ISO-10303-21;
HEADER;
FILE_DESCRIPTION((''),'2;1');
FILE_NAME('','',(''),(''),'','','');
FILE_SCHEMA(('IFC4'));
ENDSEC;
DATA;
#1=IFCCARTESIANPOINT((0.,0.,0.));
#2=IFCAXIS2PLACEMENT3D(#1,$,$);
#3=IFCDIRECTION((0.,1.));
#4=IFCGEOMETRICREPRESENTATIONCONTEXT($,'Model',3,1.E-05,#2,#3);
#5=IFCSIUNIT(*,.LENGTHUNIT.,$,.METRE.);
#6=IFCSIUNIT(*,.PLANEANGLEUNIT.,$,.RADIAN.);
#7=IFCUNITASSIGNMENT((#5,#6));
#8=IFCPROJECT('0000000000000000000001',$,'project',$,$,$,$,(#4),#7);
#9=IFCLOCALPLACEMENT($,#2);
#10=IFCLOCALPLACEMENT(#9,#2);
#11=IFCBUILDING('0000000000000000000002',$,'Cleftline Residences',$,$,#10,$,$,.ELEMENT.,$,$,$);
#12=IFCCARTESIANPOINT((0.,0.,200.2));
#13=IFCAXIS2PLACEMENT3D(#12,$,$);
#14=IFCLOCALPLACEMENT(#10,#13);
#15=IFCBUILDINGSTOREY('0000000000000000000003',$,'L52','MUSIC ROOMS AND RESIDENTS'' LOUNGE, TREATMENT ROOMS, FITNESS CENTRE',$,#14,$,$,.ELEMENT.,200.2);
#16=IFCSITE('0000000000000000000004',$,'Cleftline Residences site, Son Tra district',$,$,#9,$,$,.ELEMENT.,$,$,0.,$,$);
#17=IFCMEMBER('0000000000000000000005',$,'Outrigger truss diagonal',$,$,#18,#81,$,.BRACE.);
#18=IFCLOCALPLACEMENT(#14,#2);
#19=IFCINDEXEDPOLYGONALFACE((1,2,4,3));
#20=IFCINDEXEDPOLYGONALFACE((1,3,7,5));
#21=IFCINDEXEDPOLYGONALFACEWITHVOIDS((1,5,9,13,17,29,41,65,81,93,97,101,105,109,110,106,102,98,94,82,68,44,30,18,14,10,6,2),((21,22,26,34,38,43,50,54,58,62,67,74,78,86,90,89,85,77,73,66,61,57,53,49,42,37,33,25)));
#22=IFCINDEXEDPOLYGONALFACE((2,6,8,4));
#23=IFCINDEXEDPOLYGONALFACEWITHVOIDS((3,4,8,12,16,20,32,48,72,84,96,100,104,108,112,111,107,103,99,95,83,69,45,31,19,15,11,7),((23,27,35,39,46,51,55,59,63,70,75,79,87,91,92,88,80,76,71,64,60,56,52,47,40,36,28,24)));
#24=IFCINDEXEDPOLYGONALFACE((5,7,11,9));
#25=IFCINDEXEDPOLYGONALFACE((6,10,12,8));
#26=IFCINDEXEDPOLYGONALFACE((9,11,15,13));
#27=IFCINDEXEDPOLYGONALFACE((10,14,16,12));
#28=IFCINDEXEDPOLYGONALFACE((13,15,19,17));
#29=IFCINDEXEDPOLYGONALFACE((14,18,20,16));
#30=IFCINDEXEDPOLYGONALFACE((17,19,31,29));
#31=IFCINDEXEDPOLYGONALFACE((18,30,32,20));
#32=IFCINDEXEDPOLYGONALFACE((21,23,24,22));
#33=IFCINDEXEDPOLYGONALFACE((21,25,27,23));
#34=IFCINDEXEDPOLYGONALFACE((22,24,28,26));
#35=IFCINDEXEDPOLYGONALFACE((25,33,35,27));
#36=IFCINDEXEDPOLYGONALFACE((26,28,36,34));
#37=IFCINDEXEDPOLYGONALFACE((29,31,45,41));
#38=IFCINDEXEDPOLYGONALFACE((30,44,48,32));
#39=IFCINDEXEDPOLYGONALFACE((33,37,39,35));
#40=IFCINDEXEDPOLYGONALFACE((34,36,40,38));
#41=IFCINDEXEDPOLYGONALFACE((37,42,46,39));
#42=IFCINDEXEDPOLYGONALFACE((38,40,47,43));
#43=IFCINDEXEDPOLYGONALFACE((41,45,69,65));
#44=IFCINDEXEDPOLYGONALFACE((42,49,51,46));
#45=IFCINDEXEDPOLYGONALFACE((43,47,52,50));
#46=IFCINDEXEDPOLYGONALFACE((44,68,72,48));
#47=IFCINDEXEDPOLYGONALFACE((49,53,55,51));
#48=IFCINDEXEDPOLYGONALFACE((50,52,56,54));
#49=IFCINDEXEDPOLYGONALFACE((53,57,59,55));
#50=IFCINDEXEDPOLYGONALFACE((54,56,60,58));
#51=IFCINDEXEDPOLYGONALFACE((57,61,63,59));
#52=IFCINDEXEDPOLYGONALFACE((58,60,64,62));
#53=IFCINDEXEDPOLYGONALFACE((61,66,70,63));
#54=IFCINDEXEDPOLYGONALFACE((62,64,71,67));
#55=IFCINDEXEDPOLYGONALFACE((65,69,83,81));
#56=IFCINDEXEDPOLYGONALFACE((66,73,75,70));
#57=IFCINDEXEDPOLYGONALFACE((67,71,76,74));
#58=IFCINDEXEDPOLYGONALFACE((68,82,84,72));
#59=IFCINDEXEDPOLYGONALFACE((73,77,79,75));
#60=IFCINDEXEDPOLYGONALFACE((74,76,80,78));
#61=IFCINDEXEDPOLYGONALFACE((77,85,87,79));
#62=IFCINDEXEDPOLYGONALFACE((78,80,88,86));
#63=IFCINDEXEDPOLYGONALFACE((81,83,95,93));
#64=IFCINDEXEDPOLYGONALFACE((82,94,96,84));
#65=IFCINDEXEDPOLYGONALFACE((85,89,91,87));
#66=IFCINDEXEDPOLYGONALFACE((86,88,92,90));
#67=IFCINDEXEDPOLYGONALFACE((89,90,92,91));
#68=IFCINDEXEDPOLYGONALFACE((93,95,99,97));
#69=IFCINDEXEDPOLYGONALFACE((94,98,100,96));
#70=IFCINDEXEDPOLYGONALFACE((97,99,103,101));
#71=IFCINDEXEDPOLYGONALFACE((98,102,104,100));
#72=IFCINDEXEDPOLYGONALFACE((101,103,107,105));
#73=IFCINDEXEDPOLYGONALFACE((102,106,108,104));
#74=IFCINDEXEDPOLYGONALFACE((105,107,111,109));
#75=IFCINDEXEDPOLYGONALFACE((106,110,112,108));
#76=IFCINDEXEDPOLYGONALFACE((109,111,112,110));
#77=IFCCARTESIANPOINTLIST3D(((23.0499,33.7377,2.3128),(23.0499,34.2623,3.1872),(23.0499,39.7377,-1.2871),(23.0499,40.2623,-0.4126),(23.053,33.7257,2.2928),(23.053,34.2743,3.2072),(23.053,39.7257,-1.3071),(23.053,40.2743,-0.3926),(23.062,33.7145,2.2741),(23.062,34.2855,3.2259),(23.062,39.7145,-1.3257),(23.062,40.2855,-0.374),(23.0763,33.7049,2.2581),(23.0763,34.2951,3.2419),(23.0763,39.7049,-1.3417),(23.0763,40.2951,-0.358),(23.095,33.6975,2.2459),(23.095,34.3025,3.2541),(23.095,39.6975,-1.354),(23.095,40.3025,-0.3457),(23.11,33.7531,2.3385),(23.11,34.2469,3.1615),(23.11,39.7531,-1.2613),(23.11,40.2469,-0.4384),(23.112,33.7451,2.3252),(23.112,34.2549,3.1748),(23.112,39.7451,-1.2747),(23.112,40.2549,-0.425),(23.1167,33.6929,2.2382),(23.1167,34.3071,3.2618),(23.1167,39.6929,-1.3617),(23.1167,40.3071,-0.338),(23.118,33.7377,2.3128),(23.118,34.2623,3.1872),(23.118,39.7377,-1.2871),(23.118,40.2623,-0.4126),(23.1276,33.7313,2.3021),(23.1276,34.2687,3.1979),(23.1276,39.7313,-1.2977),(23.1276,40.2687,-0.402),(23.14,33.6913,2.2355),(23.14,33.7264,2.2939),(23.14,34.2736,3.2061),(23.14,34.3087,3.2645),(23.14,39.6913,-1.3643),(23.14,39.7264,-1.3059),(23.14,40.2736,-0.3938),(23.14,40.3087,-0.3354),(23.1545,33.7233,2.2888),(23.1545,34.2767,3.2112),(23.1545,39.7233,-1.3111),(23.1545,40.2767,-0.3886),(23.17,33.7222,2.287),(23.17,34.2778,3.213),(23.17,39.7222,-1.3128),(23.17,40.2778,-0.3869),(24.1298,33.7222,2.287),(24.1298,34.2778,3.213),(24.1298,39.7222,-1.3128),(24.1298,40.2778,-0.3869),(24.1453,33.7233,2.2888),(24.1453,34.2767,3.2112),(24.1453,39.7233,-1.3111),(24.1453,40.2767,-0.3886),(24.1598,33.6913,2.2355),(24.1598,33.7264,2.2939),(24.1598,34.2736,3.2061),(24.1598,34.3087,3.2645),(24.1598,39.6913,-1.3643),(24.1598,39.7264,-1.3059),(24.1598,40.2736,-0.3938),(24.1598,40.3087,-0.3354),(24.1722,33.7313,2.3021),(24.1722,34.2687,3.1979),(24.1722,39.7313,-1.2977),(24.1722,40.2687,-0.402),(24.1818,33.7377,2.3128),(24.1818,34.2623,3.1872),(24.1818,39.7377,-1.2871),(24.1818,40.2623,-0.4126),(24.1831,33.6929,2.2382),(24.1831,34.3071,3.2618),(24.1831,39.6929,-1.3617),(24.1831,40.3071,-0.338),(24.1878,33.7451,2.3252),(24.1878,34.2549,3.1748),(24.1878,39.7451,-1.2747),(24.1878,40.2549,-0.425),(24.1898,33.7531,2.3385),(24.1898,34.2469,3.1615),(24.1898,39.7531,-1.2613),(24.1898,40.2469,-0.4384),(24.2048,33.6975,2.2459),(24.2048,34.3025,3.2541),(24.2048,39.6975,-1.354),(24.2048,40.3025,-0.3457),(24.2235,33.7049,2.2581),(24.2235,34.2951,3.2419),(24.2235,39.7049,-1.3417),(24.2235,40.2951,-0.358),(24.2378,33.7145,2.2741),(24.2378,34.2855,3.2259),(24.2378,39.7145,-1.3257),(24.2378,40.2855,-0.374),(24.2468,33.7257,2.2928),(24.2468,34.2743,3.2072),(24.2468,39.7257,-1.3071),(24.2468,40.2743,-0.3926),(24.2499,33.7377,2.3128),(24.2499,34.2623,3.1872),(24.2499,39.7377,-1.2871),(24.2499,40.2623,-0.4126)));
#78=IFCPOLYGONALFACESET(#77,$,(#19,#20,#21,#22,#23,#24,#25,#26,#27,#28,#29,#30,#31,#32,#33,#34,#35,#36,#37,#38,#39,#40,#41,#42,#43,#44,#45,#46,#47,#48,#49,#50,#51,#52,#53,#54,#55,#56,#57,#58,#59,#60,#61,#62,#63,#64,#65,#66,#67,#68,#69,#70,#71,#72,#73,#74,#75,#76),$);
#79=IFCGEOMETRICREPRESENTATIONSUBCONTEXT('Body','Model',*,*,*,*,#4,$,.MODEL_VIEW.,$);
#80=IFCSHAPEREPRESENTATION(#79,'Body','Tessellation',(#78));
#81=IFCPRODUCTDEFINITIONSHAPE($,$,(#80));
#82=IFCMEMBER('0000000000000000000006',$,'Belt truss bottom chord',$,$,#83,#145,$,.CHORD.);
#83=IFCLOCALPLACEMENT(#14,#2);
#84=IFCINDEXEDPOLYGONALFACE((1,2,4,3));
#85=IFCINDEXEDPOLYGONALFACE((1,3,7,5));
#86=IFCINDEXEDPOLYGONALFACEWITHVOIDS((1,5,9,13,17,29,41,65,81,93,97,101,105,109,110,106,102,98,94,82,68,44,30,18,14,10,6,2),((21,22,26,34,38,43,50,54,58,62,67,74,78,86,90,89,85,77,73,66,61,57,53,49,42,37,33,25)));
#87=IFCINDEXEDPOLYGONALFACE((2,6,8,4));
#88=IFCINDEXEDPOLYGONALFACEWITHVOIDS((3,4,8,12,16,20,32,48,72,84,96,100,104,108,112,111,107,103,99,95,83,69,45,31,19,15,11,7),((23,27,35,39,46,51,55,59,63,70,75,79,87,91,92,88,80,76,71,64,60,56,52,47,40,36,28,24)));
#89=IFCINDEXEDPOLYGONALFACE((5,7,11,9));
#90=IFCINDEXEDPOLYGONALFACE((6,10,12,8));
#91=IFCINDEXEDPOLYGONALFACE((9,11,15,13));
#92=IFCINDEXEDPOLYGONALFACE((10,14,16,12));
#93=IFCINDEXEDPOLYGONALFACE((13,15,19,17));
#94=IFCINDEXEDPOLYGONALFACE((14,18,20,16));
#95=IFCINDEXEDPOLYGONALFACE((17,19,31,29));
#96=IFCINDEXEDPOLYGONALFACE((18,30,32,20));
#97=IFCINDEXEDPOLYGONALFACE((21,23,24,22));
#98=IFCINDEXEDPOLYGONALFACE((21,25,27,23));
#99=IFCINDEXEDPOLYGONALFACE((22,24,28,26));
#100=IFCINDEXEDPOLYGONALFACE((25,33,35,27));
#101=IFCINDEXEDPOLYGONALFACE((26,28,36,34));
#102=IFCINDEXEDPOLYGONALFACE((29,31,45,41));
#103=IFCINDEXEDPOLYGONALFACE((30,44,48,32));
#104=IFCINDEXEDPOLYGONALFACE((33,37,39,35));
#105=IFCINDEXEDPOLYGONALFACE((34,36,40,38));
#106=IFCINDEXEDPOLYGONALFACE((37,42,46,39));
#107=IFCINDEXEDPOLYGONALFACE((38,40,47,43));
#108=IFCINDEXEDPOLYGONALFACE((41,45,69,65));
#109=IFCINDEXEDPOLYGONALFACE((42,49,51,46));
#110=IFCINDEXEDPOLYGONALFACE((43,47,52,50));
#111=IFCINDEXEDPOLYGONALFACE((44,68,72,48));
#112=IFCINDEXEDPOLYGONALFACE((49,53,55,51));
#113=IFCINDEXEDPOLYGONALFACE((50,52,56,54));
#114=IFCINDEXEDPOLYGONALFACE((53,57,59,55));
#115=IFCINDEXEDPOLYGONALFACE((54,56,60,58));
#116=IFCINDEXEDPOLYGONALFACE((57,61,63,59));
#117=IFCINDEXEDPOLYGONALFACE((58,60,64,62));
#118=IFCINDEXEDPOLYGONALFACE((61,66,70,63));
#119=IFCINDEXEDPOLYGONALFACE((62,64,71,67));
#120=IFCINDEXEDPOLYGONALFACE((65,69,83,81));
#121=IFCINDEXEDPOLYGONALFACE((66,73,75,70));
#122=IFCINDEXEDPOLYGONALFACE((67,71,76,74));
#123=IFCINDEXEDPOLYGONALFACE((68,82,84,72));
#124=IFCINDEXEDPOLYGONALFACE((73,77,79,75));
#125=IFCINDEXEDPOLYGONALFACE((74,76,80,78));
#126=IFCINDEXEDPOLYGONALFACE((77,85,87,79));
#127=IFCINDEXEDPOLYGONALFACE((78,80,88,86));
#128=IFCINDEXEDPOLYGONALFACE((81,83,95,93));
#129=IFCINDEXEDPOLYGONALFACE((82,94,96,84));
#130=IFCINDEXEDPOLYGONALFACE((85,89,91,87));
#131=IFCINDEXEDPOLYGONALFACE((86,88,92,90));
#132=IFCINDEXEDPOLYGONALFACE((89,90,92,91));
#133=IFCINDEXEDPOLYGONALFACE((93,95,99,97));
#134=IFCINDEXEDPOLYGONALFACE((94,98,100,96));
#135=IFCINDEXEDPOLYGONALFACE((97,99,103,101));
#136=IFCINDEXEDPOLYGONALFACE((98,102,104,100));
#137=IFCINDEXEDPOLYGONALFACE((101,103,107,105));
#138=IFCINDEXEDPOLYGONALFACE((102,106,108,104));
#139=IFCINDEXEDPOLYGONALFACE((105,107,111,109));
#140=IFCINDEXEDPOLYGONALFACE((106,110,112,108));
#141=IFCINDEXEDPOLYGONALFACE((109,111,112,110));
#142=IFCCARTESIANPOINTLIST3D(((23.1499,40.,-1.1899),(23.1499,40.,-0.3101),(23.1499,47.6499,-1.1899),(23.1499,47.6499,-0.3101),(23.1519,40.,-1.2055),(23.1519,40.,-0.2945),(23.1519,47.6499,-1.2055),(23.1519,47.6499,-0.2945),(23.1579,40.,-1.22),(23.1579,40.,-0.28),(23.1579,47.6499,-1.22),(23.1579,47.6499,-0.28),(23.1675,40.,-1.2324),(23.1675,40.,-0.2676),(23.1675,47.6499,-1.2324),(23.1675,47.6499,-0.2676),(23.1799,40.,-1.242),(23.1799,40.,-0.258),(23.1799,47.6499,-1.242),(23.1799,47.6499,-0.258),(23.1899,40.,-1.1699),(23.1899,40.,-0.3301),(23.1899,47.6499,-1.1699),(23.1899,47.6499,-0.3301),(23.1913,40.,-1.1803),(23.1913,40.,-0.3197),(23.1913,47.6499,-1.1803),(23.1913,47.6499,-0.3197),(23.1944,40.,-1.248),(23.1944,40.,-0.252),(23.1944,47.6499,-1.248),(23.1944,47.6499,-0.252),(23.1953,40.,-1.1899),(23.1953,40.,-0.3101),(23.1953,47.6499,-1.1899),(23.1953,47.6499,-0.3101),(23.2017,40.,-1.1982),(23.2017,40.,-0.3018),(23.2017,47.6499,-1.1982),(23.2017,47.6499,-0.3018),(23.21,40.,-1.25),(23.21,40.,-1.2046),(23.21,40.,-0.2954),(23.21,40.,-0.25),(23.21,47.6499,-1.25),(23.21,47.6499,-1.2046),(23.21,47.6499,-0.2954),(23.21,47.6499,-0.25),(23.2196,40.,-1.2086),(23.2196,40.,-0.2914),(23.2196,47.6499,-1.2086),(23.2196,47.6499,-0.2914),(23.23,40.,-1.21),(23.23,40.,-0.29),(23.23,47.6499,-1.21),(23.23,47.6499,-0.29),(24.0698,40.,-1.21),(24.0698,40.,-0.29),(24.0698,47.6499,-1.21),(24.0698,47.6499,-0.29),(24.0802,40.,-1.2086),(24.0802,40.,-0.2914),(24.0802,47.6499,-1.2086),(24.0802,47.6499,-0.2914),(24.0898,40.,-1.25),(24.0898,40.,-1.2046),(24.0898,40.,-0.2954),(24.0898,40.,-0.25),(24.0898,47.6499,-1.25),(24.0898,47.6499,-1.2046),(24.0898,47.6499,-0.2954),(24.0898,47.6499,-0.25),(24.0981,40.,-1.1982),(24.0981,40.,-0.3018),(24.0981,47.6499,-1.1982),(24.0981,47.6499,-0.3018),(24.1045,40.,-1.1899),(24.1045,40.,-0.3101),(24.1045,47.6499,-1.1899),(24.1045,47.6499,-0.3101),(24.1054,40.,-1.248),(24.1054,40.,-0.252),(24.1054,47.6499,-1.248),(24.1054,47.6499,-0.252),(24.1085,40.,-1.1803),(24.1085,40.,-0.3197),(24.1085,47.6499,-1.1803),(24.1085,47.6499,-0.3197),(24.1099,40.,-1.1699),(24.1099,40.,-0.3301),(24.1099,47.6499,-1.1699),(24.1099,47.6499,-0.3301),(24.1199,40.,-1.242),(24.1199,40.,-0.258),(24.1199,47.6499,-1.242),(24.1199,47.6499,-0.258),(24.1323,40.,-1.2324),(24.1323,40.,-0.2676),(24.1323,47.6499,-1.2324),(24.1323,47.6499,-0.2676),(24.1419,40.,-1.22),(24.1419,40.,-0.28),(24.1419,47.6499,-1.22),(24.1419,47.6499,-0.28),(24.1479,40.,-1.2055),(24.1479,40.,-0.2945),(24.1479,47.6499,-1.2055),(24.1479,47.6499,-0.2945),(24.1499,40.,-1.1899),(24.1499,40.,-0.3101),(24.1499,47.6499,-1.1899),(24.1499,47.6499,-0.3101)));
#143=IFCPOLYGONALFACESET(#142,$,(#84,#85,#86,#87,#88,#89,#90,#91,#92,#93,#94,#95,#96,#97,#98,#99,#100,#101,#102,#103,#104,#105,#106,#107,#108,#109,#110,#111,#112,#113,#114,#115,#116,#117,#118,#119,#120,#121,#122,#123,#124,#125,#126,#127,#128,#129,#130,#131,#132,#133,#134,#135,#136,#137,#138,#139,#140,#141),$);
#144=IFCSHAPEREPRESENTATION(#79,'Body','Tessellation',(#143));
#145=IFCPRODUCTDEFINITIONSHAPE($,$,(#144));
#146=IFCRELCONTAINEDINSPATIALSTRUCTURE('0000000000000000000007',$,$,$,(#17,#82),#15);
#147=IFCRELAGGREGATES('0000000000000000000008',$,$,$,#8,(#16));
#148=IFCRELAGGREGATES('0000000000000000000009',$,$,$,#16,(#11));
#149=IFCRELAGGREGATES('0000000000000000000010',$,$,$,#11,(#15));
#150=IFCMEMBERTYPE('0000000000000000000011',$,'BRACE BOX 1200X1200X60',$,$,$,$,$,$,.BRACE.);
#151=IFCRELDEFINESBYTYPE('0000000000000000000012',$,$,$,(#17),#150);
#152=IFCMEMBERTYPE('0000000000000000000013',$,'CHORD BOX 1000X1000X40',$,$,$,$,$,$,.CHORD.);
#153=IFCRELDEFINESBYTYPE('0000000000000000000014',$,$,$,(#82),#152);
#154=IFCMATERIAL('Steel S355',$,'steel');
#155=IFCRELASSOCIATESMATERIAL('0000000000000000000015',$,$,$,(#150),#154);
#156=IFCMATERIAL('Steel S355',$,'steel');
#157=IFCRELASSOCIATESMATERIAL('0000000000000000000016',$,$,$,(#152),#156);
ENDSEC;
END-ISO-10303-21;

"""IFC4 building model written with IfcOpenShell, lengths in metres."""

from ifc_helpers import new_model, si_unit, direction, frame, origin, origin_2d, place, context, subcontext, project, spatial, hollow_rectangle, extrude, material, material_profile, profile_set, type_object, element, save


model = new_model("IFC4")

# Units and contexts
model_context = context("Model", 3, precision=1e-05, world=origin(), true_north=direction((0.0, 1.0)))
body_context = subcontext(model_context, "Body", "Model", "MODEL_VIEW")
ifc_project = project(units=[si_unit("LENGTHUNIT", "METRE"), si_unit("PLANEANGLEUNIT", "RADIAN")], contexts=[model_context])

# Site, building, storey
site_placement = place(None, origin())
site = spatial("IfcSite", under=ifc_project, at=site_placement, Name="Cleftline Residences site, Son Tra district", CompositionType="ELEMENT", RefElevation=0.0)
building_placement = place(site_placement, origin())
building = spatial("IfcBuilding", under=site, at=building_placement, Name="Cleftline Residences", CompositionType="ELEMENT")
storey_placement = place(building_placement, frame((0.0, 0.0, 200.2)))
storey = spatial("IfcBuildingStorey", under=building, at=storey_placement, Name="L52", Description="MUSIC ROOMS AND RESIDENTS' LOUNGE, TREATMENT ROOMS, FITNESS CENTRE", CompositionType="ELEMENT", Elevation=200.2)

# Members
ifc_material_1 = material(Name="Steel S355", Category="steel")
ifc_material_profile_1 = material_profile(ifc_material_1, hollow_rectangle(XDim=1.2, YDim=1.2, WallThickness=0.0601, InnerFilletRadius=0.0601, OuterFilletRadius=0.0901, at=origin_2d()))
ifc_profile_set_1 = profile_set([ifc_material_profile_1], Name="Steel S355")
member_type_1 = type_object("IfcMemberType", Name="BRACE BOX 1200X1200X60", PredefinedType="BRACE", material=ifc_profile_set_1)
member_1_placement = place(storey_placement, frame((23.6499, 40.0, -0.8499), z_axis=(0.0, -0.857502, 0.51448), x_axis=(0.0, 0.51448, 0.857502)))
element("IfcMember", 1, at=member_1_placement, inside=storey, type_object=member_type_1, Name="Outrigger truss diagonal", PredefinedType="BRACE", context=body_context, shape_type="SweptSolid", body=[
    extrude(hollow_rectangle(XDim=1.2, YDim=1.2, WallThickness=0.0601, InnerFilletRadius=0.0601, OuterFilletRadius=0.0901, at=origin_2d()), origin(), (0.0, 0.0, 1.0), 6.9971),
])
ifc_material_2 = material(Name="Steel S355", Category="steel")
ifc_material_profile_2 = material_profile(ifc_material_2, hollow_rectangle(XDim=1.0, YDim=1.0, WallThickness=0.04, InnerFilletRadius=0.04, OuterFilletRadius=0.0601, at=origin_2d()))
ifc_profile_set_2 = profile_set([ifc_material_profile_2], Name="Steel S355")
member_type_2 = type_object("IfcMemberType", Name="CHORD BOX 1000X1000X40", PredefinedType="CHORD", material=ifc_profile_set_2)
for number, where, z_axis, x_axis, name in (
    (2, (23.6499, 40.0, -0.75), (0.0, 1.0, 0.0), (-1.0, 0.0, 0.0), "Belt truss bottom chord"),
):
    element("IfcMember", number, at=place(storey_placement, frame(where, z_axis=z_axis, x_axis=x_axis)), inside=storey, type_object=member_type_2, Name=name, PredefinedType="CHORD", context=body_context, shape_type="SweptSolid", body=[
        extrude(hollow_rectangle(XDim=1.0, YDim=1.0, WallThickness=0.04, InnerFilletRadius=0.04, OuterFilletRadius=0.0601, at=origin_2d()), origin(), (0.0, 0.0, 1.0), 7.6499),
    ])

save(model, "model.ifc")
